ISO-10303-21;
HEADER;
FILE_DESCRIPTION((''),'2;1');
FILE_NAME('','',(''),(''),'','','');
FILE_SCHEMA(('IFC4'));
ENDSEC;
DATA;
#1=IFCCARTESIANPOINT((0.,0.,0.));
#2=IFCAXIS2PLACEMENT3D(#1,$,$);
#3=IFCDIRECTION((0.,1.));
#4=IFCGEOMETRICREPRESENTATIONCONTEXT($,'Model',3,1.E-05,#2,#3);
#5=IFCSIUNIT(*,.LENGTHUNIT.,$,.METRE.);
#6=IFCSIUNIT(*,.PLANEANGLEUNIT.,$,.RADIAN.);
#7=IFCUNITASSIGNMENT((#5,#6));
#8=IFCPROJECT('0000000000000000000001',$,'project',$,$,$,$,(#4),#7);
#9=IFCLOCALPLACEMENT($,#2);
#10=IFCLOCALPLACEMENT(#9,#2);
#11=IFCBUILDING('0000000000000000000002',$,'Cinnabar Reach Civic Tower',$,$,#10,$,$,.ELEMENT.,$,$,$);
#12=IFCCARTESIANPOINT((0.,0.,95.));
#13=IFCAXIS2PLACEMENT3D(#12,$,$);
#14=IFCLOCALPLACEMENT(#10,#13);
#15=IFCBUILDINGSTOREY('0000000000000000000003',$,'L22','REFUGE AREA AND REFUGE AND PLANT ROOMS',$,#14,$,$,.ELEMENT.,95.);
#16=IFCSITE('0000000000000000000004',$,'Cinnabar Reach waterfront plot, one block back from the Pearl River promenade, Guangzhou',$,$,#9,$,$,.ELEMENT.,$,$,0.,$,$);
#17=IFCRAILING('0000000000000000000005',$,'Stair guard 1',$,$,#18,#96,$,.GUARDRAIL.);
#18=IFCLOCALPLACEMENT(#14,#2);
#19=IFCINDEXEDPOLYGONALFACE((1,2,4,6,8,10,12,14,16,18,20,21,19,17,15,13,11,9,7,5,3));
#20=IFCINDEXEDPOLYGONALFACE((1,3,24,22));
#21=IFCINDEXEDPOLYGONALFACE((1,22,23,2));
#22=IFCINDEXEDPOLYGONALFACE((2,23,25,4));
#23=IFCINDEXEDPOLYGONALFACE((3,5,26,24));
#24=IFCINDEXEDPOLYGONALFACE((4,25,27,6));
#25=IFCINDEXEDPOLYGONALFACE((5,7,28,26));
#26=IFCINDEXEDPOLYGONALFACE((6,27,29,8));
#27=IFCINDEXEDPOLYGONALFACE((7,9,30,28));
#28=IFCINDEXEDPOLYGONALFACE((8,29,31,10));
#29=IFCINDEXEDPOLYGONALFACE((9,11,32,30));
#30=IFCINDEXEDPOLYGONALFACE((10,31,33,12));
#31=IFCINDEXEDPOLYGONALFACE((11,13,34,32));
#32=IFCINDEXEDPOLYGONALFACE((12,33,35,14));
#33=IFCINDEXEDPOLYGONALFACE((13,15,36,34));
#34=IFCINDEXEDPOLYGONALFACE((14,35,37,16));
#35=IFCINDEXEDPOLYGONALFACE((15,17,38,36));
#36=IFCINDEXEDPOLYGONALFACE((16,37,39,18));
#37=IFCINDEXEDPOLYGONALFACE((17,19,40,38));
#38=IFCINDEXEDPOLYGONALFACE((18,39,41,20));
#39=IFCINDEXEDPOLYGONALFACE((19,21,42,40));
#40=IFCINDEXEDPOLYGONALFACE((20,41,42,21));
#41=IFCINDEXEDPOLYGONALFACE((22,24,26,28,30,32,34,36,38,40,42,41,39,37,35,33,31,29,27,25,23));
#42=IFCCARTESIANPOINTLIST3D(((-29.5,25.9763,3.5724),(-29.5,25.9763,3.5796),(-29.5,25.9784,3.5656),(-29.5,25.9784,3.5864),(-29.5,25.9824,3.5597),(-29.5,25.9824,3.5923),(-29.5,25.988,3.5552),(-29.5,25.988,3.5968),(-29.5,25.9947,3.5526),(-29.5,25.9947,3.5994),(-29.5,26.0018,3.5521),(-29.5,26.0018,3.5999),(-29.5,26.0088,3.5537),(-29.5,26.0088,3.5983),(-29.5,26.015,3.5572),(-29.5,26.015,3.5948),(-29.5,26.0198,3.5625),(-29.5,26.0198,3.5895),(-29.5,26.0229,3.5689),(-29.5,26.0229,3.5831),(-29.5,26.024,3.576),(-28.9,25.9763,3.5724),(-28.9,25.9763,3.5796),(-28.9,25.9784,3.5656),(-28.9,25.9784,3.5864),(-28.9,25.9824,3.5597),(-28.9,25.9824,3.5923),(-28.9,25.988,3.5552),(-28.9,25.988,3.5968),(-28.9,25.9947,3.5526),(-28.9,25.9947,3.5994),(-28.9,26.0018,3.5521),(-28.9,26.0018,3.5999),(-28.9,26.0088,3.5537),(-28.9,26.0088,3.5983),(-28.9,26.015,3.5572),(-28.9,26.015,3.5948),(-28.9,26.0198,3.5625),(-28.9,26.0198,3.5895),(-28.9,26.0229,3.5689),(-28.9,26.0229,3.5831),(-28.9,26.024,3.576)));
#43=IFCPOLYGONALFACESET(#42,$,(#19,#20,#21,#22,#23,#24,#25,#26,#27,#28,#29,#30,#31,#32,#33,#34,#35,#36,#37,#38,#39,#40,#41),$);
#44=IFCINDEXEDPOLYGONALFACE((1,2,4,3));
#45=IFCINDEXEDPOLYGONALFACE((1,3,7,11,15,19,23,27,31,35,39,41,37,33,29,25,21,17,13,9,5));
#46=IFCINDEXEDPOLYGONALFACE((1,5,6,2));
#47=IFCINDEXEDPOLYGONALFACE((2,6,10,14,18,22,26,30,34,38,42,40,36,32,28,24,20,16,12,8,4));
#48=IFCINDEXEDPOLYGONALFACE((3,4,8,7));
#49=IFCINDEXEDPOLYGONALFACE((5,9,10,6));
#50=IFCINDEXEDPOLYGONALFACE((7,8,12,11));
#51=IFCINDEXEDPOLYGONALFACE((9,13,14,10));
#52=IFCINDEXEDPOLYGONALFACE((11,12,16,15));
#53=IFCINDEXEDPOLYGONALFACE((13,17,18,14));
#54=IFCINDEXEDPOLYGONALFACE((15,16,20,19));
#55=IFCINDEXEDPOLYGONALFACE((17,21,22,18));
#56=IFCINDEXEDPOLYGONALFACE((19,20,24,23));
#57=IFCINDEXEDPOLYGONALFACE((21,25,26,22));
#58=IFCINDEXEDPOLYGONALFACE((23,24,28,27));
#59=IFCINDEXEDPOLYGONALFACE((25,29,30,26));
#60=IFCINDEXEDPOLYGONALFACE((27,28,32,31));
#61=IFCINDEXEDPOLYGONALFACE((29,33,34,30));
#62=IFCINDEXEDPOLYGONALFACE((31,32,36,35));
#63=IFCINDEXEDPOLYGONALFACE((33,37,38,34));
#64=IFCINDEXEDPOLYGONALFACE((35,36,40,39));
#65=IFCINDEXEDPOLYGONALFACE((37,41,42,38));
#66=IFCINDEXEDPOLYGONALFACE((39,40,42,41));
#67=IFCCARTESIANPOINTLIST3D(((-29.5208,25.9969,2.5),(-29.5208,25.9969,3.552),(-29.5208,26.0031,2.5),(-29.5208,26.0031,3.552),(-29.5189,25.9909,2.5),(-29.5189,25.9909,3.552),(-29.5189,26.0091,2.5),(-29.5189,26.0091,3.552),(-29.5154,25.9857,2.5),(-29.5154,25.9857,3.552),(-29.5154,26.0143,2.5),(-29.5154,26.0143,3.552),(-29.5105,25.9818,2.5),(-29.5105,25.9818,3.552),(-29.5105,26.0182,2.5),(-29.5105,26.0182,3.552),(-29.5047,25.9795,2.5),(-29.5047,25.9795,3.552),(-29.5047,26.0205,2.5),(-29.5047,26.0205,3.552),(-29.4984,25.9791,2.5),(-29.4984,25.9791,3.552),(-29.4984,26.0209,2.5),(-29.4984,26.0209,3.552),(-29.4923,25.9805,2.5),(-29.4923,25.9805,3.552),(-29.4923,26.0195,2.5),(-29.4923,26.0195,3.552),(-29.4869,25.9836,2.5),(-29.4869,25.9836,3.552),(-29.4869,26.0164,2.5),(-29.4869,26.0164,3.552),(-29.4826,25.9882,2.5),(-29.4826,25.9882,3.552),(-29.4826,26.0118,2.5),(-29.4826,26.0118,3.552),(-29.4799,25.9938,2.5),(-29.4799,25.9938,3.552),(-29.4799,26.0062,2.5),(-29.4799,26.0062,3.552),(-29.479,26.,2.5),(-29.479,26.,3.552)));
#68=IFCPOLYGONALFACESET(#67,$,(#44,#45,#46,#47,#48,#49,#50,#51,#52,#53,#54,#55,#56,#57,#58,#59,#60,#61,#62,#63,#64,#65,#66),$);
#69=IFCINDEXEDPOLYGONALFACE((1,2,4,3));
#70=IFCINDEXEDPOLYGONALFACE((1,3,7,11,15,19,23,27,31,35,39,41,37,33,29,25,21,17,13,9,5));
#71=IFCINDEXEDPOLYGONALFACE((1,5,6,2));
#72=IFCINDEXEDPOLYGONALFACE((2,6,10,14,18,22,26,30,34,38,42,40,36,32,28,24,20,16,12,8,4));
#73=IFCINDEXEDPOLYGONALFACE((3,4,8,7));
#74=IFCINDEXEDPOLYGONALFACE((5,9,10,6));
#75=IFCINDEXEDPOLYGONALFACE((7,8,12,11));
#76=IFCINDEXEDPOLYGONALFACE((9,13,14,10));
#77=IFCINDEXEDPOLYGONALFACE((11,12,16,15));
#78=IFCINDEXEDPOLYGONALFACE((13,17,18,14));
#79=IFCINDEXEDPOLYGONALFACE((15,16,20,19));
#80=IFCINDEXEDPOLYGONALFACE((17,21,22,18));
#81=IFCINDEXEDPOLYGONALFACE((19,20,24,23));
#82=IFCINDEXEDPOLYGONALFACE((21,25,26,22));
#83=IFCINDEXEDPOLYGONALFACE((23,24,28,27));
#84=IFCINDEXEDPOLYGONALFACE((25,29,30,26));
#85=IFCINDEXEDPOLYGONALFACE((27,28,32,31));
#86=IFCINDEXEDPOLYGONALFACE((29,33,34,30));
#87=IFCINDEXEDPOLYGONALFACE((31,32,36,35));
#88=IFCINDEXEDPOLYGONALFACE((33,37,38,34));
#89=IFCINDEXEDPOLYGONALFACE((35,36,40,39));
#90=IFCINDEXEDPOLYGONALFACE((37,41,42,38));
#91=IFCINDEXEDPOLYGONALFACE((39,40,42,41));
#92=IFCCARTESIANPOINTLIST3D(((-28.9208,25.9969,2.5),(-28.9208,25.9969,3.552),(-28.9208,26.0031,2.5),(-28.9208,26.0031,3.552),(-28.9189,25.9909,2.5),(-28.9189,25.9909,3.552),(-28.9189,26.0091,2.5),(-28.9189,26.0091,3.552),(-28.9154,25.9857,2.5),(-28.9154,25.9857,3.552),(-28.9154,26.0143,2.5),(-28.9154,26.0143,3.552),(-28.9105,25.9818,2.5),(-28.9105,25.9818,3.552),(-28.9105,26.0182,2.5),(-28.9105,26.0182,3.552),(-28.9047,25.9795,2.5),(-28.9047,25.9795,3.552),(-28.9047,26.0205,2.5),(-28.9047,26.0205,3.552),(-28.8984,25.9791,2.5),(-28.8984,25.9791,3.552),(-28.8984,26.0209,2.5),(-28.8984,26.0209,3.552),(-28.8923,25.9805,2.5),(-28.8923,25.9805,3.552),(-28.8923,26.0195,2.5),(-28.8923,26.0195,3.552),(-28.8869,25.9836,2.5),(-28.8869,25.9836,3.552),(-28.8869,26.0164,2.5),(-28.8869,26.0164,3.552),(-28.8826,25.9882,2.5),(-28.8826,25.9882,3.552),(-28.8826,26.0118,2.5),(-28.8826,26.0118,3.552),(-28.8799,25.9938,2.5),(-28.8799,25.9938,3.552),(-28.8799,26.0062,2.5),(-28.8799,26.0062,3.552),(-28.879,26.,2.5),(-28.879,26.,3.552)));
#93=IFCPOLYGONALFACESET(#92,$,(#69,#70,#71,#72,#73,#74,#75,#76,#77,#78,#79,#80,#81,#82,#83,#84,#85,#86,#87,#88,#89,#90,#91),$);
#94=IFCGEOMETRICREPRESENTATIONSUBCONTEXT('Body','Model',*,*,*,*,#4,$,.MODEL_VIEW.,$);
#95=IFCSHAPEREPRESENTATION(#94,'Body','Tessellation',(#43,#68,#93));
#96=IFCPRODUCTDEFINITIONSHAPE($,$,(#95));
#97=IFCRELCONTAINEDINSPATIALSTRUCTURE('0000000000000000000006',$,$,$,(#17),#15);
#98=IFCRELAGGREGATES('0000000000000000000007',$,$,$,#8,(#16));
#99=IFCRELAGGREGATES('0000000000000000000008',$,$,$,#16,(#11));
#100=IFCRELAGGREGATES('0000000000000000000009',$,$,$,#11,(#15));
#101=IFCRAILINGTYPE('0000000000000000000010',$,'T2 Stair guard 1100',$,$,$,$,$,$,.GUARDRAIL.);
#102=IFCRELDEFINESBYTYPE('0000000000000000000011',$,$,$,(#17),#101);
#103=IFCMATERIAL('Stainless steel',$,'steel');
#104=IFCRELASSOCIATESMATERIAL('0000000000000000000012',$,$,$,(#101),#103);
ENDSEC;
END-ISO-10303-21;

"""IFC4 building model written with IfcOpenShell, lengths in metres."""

from ifc_helpers import new_model, si_unit, direction, frame, origin, origin_2d, place, context, subcontext, project, spatial, circle, extrude, material, type_object, element, save


model = new_model("IFC4")

# Units and contexts
model_context = context("Model", 3, precision=1e-05, world=origin(), true_north=direction((0.0, 1.0)))
body_context = subcontext(model_context, "Body", "Model", "MODEL_VIEW")
ifc_project = project(units=[si_unit("LENGTHUNIT", "METRE"), si_unit("PLANEANGLEUNIT", "RADIAN")], contexts=[model_context])

# Site, building, storey
site_placement = place(None, origin())
site = spatial("IfcSite", under=ifc_project, at=site_placement, Name="Cinnabar Reach waterfront plot, one block back from the Pearl River promenade, Guangzhou", CompositionType="ELEMENT", RefElevation=0.0)
building_placement = place(site_placement, origin())
building = spatial("IfcBuilding", under=site, at=building_placement, Name="Cinnabar Reach Civic Tower", CompositionType="ELEMENT")
storey_placement = place(building_placement, frame((0.0, 0.0, 95.0)))
storey = spatial("IfcBuildingStorey", under=building, at=storey_placement, Name="L22", Description="REFUGE AREA AND REFUGE AND PLANT ROOMS", CompositionType="ELEMENT", Elevation=95.0)

# Railing
ifc_material_1 = material(Name="Stainless steel", Category="steel")
railing_type = type_object("IfcRailingType", Name="T2 Stair guard 1100", PredefinedType="GUARDRAIL", material=ifc_material_1)
railing_1_placement = place(storey_placement, frame((-29.5, 26.0, 2.5)))
element("IfcRailing", 1, at=railing_1_placement, inside=storey, type_object=railing_type, Name="Stair guard 1", PredefinedType="GUARDRAIL", context=body_context, shape_type="SweptSolid", body=[
    extrude(circle(Radius=0.024, at=origin_2d()), frame((0.0, 0.0, 1.076), z_axis=(1.0, 0.0, 0.0), x_axis=(0.0, 1.0, 0.0)), (0.0, 0.0, 1.0), 0.6),
    extrude(circle(Radius=0.021, at=origin_2d()), origin(), (0.0, 0.0, 1.0), 1.052),
    extrude(circle(Radius=0.021, at=origin_2d()), frame((0.6, 0.0, 0.0)), (0.0, 0.0, 1.0), 1.052),
])

save(model, "model.ifc")
